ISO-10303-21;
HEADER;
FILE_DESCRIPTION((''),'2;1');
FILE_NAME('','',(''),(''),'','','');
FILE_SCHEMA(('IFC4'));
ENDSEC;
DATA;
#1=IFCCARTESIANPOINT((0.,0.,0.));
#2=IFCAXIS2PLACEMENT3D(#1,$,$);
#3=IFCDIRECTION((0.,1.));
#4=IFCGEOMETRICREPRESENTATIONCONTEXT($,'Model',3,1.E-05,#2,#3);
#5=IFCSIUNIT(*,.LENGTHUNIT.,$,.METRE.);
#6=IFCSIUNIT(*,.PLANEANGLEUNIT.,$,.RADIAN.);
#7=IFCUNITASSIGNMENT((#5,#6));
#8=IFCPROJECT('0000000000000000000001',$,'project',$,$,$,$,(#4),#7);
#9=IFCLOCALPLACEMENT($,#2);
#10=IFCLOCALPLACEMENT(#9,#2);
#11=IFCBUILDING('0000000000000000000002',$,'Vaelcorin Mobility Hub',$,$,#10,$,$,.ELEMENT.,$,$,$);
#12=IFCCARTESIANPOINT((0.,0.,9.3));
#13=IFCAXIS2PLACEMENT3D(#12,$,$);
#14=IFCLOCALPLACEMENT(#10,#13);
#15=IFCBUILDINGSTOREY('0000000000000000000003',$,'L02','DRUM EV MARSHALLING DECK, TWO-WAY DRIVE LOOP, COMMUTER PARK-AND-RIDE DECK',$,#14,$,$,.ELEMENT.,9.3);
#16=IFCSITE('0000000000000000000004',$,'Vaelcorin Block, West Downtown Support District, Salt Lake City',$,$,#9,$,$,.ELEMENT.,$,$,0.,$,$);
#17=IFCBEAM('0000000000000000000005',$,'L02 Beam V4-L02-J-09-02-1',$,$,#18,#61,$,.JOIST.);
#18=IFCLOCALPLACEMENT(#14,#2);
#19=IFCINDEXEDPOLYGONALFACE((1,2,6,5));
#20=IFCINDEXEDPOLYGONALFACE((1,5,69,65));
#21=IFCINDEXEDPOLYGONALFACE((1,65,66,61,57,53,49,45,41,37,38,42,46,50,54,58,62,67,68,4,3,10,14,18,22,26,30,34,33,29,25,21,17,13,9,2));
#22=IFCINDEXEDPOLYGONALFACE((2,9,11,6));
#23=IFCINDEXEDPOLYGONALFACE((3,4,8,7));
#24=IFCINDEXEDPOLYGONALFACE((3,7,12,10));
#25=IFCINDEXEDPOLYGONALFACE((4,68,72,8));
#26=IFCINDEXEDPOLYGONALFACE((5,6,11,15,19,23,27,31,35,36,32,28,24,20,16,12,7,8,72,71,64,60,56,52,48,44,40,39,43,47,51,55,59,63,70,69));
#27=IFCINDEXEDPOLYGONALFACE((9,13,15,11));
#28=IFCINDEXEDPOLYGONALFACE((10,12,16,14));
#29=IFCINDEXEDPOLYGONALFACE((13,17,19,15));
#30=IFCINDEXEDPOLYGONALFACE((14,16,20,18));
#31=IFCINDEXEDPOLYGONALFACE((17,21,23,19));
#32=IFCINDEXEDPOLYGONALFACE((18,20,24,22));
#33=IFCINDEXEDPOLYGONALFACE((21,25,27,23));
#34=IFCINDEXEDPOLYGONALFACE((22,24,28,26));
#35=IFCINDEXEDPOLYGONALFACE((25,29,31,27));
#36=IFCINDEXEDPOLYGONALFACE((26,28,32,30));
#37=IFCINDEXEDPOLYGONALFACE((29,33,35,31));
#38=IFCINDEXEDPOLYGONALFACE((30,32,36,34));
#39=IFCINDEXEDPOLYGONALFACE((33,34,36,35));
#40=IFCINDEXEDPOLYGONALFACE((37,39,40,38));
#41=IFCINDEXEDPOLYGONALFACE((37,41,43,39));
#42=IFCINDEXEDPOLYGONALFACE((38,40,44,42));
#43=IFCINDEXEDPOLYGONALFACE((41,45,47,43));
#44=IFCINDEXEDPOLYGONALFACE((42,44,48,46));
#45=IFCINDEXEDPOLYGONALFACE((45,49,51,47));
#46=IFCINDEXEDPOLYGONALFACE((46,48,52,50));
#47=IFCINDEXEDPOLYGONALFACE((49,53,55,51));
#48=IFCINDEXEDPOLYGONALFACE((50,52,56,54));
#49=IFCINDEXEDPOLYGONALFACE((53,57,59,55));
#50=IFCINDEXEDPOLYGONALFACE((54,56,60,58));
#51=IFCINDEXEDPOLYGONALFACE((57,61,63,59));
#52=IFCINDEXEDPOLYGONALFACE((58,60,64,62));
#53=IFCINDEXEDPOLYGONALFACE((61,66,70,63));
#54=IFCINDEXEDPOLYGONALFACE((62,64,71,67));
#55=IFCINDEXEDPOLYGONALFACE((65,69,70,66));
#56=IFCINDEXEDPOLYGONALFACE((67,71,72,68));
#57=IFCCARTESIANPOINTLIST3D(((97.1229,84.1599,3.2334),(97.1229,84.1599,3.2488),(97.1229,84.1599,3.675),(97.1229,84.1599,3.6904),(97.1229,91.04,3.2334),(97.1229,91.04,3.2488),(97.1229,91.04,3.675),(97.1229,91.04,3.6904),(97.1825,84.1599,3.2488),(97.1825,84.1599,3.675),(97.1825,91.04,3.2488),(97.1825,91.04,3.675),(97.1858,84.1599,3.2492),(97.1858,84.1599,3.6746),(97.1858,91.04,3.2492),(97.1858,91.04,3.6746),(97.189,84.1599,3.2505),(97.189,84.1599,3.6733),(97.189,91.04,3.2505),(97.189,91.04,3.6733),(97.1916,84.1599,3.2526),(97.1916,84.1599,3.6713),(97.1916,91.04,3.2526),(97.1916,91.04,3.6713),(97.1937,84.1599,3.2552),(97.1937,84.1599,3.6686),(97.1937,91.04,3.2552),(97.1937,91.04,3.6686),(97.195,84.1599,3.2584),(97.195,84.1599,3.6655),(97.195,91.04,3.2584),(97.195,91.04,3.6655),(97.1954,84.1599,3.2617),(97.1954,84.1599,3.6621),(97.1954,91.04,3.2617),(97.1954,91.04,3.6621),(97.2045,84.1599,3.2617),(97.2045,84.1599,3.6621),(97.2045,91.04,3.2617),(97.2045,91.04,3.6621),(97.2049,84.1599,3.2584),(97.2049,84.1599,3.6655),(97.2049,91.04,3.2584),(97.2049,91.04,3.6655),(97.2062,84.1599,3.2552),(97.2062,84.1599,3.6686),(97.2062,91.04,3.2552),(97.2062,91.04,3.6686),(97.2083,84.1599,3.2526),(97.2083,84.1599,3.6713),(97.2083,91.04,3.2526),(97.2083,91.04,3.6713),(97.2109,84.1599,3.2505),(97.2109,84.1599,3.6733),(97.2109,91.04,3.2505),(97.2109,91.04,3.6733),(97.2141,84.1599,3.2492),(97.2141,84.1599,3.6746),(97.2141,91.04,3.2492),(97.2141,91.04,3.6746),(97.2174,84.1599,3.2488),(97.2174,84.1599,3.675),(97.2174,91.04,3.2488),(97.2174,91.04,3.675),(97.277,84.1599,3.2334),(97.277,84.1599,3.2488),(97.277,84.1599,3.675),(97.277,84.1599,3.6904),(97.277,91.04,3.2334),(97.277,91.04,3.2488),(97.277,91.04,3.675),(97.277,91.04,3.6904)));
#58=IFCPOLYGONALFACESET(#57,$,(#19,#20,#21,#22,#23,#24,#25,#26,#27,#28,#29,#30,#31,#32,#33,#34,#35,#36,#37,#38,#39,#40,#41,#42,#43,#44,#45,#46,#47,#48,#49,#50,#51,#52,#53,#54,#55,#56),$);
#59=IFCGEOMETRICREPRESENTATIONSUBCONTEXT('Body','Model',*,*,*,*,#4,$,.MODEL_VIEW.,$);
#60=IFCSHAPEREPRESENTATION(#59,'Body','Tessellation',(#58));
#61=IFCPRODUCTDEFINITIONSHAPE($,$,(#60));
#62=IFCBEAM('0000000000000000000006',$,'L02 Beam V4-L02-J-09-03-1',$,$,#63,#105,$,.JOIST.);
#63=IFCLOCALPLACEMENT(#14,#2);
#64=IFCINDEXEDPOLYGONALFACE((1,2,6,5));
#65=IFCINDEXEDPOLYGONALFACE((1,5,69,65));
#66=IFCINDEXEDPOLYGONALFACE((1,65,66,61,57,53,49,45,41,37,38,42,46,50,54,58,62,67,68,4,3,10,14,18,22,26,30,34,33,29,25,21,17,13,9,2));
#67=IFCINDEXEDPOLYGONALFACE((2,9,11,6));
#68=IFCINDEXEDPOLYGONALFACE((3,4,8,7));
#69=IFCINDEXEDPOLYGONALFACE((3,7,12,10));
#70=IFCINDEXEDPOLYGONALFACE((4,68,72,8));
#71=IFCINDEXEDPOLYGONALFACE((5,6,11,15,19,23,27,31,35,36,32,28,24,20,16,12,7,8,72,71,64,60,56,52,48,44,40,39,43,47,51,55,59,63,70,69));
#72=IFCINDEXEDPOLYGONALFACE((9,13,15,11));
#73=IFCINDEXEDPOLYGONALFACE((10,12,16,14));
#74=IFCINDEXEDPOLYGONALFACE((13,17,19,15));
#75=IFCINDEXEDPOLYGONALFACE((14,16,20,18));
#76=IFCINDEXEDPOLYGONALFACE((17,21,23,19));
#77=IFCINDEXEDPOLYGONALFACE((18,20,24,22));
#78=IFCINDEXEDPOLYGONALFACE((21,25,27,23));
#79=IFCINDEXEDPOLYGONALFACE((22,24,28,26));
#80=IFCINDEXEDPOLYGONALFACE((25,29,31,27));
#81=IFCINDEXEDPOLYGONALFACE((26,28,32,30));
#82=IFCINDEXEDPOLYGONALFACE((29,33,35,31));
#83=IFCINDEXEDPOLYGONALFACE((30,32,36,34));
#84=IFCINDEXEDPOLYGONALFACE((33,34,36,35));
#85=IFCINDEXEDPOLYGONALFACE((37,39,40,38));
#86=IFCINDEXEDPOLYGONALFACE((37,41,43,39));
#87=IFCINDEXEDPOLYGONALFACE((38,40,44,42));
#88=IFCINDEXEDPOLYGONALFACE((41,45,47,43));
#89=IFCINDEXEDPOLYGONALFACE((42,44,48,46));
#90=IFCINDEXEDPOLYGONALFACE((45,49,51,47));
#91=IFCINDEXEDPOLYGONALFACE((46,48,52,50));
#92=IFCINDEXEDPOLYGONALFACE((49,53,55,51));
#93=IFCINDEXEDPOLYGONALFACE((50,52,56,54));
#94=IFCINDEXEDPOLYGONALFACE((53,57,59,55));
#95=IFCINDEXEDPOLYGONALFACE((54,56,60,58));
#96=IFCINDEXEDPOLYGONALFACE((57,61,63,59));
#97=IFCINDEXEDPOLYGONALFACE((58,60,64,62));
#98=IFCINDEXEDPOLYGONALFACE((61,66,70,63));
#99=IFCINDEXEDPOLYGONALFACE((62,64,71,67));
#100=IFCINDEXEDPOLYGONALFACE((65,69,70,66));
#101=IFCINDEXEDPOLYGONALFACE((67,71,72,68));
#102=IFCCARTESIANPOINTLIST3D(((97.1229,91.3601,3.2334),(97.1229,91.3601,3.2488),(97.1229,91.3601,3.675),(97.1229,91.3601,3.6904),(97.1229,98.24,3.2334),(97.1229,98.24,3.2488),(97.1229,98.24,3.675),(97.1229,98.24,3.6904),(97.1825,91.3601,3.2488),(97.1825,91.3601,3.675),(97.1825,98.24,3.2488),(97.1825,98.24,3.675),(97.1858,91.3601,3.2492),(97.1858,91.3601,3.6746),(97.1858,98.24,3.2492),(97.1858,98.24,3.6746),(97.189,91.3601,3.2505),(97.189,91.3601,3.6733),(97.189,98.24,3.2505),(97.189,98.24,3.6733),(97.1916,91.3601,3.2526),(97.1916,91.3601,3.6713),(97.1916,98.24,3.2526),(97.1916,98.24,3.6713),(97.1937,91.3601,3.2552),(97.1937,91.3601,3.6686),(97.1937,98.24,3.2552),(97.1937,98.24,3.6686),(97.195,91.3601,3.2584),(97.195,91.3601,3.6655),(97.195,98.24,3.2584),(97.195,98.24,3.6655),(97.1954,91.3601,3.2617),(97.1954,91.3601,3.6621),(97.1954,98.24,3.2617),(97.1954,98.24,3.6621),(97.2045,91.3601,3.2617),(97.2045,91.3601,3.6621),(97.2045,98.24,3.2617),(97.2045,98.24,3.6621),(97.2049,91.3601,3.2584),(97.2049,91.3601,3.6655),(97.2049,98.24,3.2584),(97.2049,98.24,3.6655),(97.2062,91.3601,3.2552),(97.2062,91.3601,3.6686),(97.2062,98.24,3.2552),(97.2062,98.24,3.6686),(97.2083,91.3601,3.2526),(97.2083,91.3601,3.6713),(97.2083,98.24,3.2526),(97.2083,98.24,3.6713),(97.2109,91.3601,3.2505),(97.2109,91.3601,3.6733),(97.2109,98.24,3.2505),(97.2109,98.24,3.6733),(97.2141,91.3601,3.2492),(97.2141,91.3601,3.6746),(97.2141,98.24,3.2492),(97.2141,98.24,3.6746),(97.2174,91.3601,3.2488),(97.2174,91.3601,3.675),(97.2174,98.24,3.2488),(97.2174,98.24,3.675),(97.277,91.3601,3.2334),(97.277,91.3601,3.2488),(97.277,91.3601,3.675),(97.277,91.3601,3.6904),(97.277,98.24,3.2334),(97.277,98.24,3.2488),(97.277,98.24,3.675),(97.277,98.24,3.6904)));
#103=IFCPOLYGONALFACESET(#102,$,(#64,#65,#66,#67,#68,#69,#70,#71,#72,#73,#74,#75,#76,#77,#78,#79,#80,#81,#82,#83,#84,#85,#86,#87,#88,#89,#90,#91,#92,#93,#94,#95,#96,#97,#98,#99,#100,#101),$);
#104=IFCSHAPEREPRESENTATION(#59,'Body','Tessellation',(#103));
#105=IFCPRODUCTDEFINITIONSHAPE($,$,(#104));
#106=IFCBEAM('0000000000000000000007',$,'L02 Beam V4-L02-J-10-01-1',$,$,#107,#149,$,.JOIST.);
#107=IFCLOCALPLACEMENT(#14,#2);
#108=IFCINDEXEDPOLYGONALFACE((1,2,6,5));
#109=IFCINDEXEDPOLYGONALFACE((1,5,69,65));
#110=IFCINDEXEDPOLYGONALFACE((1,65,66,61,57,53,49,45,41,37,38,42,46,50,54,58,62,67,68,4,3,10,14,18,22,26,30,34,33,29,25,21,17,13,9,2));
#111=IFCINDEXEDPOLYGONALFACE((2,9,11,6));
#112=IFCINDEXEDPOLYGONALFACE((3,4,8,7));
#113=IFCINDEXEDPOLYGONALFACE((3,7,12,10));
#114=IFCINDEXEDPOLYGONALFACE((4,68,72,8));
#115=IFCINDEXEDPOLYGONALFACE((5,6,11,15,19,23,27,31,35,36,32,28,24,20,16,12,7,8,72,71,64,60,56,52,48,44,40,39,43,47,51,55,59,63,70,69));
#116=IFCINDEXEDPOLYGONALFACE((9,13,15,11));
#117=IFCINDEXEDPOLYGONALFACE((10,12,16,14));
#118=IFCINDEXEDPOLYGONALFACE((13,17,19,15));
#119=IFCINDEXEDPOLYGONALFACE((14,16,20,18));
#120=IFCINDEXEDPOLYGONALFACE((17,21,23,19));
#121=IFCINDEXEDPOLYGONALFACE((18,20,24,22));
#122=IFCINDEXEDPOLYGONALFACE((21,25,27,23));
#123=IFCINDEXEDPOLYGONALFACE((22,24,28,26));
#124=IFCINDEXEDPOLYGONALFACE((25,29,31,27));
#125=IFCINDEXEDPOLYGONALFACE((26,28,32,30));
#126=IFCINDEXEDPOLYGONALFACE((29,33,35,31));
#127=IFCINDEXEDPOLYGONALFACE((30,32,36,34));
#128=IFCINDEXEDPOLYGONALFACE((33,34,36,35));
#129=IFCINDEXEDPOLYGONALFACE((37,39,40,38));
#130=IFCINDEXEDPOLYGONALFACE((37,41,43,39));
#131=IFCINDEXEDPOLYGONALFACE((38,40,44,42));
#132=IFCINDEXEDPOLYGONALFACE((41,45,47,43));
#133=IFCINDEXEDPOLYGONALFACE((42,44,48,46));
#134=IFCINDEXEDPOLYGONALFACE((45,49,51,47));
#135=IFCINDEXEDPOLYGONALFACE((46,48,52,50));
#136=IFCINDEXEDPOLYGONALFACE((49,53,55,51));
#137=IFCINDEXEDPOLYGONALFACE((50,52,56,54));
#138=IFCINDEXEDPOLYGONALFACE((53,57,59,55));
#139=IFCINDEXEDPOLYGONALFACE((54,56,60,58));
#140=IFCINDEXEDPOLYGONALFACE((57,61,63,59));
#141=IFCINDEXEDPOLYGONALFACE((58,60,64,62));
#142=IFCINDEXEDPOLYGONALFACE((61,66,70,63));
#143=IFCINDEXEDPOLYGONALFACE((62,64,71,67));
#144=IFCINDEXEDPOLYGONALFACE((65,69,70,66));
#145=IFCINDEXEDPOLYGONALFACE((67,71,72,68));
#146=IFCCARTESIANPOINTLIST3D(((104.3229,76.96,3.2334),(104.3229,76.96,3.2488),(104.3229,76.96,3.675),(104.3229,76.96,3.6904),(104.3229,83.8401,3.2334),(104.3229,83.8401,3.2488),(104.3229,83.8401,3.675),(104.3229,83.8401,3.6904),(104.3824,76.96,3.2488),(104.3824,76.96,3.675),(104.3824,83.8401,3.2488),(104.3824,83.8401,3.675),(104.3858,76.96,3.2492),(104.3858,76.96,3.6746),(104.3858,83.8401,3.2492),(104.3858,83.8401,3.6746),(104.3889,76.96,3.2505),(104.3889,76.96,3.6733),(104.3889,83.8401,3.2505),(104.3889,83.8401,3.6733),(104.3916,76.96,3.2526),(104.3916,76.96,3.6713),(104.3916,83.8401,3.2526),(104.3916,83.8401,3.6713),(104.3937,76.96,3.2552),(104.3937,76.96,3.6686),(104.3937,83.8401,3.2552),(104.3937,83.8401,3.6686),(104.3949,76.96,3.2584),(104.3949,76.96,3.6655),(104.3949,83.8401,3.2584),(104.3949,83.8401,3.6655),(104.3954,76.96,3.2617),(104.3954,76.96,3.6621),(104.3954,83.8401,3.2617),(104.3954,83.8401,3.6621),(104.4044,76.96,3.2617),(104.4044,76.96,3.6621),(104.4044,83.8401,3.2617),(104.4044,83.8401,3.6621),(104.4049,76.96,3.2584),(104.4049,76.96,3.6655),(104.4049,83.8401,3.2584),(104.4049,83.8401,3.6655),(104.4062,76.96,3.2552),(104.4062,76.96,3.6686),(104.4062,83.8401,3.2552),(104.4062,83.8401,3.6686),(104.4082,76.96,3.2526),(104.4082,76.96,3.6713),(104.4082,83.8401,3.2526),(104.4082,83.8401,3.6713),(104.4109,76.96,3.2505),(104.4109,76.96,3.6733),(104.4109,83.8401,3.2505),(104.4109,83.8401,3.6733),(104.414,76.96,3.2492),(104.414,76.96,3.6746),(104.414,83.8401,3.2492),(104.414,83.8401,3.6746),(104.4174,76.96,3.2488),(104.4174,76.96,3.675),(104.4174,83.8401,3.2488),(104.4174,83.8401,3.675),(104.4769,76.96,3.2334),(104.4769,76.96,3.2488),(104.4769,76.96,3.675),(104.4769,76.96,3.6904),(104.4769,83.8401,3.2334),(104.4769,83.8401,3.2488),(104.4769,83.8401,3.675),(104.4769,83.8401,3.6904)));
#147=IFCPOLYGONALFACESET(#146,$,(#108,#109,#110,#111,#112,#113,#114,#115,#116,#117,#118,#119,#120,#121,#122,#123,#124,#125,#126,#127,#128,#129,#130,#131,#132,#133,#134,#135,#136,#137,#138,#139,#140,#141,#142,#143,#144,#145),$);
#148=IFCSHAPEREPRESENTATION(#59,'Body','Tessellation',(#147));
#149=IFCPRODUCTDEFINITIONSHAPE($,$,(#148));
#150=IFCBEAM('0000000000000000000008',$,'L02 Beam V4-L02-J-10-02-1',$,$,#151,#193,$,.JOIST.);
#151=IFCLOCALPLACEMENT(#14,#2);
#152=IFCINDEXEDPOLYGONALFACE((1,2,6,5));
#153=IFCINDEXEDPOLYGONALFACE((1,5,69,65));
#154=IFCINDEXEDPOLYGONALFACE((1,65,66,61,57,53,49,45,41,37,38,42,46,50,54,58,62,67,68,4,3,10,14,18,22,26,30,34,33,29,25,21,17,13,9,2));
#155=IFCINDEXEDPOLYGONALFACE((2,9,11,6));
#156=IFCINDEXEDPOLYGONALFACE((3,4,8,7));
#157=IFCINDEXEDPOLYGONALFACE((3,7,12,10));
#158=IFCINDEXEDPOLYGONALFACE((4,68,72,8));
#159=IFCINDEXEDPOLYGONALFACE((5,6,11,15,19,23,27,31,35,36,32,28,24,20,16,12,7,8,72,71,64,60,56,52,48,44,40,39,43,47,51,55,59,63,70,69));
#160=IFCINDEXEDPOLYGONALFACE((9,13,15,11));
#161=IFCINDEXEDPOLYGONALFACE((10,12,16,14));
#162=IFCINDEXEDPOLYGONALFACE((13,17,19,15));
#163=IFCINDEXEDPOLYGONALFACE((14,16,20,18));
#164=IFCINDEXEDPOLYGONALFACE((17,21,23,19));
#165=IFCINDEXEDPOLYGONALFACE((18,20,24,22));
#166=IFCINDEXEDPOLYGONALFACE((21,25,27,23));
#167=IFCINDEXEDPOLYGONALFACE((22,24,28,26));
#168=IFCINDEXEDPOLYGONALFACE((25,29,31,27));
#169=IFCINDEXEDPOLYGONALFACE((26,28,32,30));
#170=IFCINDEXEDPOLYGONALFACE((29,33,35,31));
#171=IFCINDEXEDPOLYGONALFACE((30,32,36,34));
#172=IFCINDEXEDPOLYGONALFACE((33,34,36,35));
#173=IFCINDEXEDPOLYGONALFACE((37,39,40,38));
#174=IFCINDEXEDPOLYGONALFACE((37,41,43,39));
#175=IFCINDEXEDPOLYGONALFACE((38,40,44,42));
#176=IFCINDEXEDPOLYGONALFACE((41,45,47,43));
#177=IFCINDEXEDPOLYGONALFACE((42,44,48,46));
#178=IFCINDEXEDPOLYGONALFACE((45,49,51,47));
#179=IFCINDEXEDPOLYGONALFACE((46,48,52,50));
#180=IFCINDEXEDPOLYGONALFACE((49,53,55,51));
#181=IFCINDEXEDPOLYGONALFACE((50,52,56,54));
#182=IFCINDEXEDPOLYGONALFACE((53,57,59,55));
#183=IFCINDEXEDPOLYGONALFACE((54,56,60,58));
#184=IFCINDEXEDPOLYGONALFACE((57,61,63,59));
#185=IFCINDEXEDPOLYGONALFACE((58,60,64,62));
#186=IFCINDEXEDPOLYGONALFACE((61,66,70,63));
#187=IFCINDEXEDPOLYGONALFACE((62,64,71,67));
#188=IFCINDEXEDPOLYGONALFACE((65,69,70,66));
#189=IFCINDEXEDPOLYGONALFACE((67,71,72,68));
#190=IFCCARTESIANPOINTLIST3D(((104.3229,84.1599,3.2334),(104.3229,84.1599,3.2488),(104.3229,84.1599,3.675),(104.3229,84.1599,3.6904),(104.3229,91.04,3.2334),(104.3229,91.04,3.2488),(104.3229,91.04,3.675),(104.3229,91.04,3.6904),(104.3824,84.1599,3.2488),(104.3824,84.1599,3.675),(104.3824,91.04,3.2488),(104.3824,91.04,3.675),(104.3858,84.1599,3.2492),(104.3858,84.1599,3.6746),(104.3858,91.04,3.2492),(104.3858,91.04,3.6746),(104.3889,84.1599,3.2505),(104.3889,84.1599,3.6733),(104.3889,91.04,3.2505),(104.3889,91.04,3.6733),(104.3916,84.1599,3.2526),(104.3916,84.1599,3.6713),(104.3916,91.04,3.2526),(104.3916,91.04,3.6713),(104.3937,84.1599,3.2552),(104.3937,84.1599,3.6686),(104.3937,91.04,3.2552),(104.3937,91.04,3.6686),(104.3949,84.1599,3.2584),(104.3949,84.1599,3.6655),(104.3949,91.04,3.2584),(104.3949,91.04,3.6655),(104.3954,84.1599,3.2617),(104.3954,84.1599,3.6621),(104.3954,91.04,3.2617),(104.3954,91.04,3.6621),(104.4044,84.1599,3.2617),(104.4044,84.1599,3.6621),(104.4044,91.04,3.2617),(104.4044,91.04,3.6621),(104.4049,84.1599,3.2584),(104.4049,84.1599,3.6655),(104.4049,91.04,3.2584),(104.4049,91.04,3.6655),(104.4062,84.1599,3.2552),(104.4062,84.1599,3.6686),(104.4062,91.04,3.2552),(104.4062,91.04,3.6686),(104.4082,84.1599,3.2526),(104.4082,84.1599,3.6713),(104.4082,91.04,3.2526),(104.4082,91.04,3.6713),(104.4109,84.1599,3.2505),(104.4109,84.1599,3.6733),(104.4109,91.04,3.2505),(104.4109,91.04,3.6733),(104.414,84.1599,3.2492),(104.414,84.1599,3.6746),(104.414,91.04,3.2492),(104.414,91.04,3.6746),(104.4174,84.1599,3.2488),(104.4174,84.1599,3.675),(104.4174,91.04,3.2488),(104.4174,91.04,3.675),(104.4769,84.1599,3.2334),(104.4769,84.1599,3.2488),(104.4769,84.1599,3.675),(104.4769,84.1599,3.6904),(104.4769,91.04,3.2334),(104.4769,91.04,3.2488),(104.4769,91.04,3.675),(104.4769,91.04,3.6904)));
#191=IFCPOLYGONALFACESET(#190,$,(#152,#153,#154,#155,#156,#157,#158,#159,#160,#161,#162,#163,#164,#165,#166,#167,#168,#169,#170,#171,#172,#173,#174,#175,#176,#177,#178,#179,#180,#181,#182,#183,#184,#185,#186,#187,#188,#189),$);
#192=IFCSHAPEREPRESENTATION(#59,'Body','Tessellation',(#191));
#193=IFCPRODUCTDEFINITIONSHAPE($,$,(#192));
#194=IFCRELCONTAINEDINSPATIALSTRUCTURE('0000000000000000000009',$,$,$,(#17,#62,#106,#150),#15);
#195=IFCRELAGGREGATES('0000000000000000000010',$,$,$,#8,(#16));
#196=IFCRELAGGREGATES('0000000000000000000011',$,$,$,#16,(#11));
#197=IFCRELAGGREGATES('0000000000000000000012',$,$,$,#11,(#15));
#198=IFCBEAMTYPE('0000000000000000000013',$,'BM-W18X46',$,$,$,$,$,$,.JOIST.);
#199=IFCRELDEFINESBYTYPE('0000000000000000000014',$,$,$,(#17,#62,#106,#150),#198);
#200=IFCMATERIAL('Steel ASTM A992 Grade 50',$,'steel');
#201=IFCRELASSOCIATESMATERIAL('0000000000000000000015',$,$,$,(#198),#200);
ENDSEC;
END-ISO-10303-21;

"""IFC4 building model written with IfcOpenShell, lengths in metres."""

from ifc_helpers import new_model, si_unit, direction, frame, origin, origin_2d, place, context, subcontext, project, spatial, i_section, extrude, material, material_profile, profile_set, type_object, element, save


model = new_model("IFC4")

# Units and contexts
model_context = context("Model", 3, precision=1e-05, world=origin(), true_north=direction((0.0, 1.0)))
body_context = subcontext(model_context, "Body", "Model", "MODEL_VIEW")
ifc_project = project(units=[si_unit("LENGTHUNIT", "METRE"), si_unit("PLANEANGLEUNIT", "RADIAN")], contexts=[model_context])

# Site, building, storey
site_placement = place(None, origin())
site = spatial("IfcSite", under=ifc_project, at=site_placement, Name="Vaelcorin Block, West Downtown Support District, Salt Lake City", CompositionType="ELEMENT", RefElevation=0.0)
building_placement = place(site_placement, origin())
building = spatial("IfcBuilding", under=site, at=building_placement, Name="Vaelcorin Mobility Hub", CompositionType="ELEMENT")
storey_placement = place(building_placement, frame((0.0, 0.0, 9.3)))
storey = spatial("IfcBuildingStorey", under=building, at=storey_placement, Name="L02", Description="DRUM EV MARSHALLING DECK, TWO-WAY DRIVE LOOP, COMMUTER PARK-AND-RIDE DECK", CompositionType="ELEMENT", Elevation=9.3)

# Shared definitions
ifc_material_1 = material(Name="Steel ASTM A992 Grade 50", Category="steel")

# Beams
ifc_material_profile_1 = material_profile(ifc_material_1, i_section(OverallWidth=0.1541, OverallDepth=0.457, WebThickness=0.009, FlangeThickness=0.0154, FilletRadius=0.0129, at=origin_2d()), Name="W18X46")
ifc_profile_set_1 = profile_set([ifc_material_profile_1], Name="Steel ASTM A992 Grade 50")
beam_type_1 = type_object("IfcBeamType", Name="BM-W18X46", PredefinedType="JOIST", material=ifc_profile_set_1)
for number, where, z_axis, x_axis, name in (
    (1, (97.2, 84.1599, 3.4619), (0.0, 1.0, 0.0), (-1.0, 0.0, 0.0), "L02 Beam V4-L02-J-09-02-1"),
):
    element("IfcBeam", number, at=place(storey_placement, frame(where, z_axis=z_axis, x_axis=x_axis)), inside=storey, type_object=beam_type_1, Name=name, PredefinedType="JOIST", context=body_context, shape_type="SweptSolid", body=[
        extrude(i_section(OverallWidth=0.1541, OverallDepth=0.457, WebThickness=0.009, FlangeThickness=0.0154, FilletRadius=0.0129, at=origin_2d()), origin(), (0.0, 0.0, 1.0), 6.8801),
    ])
beam_1_placement = place(storey_placement, frame((97.2, 91.3601, 3.4619), z_axis=(0.0, 1.0, 0.0), x_axis=(-1.0, 0.0, 0.0)))
element("IfcBeam", 2, at=beam_1_placement, inside=storey, type_object=beam_type_1, Name="L02 Beam V4-L02-J-09-03-1", PredefinedType="JOIST", context=body_context, shape_type="SweptSolid", body=[
    extrude(i_section(OverallWidth=0.1541, OverallDepth=0.457, WebThickness=0.009, FlangeThickness=0.0154, FilletRadius=0.0129, at=origin_2d()), origin(), (0.0, 0.0, 1.0), 6.8799),
])
for number, where, z_axis, x_axis, name in (
    (3, (104.3999, 76.96, 3.4619), (0.0, 1.0, 0.0), (-1.0, 0.0, 0.0), "L02 Beam V4-L02-J-10-01-1"),
    (4, (104.3999, 84.1599, 3.4619), (0.0, 1.0, 0.0), (-1.0, 0.0, 0.0), "L02 Beam V4-L02-J-10-02-1"),
):
    element("IfcBeam", number, at=place(storey_placement, frame(where, z_axis=z_axis, x_axis=x_axis)), inside=storey, type_object=beam_type_1, Name=name, PredefinedType="JOIST", context=body_context, shape_type="SweptSolid", body=[
        extrude(i_section(OverallWidth=0.1541, OverallDepth=0.457, WebThickness=0.009, FlangeThickness=0.0154, FilletRadius=0.0129, at=origin_2d()), origin(), (0.0, 0.0, 1.0), 6.8801),
    ])

save(model, "model.ifc")
